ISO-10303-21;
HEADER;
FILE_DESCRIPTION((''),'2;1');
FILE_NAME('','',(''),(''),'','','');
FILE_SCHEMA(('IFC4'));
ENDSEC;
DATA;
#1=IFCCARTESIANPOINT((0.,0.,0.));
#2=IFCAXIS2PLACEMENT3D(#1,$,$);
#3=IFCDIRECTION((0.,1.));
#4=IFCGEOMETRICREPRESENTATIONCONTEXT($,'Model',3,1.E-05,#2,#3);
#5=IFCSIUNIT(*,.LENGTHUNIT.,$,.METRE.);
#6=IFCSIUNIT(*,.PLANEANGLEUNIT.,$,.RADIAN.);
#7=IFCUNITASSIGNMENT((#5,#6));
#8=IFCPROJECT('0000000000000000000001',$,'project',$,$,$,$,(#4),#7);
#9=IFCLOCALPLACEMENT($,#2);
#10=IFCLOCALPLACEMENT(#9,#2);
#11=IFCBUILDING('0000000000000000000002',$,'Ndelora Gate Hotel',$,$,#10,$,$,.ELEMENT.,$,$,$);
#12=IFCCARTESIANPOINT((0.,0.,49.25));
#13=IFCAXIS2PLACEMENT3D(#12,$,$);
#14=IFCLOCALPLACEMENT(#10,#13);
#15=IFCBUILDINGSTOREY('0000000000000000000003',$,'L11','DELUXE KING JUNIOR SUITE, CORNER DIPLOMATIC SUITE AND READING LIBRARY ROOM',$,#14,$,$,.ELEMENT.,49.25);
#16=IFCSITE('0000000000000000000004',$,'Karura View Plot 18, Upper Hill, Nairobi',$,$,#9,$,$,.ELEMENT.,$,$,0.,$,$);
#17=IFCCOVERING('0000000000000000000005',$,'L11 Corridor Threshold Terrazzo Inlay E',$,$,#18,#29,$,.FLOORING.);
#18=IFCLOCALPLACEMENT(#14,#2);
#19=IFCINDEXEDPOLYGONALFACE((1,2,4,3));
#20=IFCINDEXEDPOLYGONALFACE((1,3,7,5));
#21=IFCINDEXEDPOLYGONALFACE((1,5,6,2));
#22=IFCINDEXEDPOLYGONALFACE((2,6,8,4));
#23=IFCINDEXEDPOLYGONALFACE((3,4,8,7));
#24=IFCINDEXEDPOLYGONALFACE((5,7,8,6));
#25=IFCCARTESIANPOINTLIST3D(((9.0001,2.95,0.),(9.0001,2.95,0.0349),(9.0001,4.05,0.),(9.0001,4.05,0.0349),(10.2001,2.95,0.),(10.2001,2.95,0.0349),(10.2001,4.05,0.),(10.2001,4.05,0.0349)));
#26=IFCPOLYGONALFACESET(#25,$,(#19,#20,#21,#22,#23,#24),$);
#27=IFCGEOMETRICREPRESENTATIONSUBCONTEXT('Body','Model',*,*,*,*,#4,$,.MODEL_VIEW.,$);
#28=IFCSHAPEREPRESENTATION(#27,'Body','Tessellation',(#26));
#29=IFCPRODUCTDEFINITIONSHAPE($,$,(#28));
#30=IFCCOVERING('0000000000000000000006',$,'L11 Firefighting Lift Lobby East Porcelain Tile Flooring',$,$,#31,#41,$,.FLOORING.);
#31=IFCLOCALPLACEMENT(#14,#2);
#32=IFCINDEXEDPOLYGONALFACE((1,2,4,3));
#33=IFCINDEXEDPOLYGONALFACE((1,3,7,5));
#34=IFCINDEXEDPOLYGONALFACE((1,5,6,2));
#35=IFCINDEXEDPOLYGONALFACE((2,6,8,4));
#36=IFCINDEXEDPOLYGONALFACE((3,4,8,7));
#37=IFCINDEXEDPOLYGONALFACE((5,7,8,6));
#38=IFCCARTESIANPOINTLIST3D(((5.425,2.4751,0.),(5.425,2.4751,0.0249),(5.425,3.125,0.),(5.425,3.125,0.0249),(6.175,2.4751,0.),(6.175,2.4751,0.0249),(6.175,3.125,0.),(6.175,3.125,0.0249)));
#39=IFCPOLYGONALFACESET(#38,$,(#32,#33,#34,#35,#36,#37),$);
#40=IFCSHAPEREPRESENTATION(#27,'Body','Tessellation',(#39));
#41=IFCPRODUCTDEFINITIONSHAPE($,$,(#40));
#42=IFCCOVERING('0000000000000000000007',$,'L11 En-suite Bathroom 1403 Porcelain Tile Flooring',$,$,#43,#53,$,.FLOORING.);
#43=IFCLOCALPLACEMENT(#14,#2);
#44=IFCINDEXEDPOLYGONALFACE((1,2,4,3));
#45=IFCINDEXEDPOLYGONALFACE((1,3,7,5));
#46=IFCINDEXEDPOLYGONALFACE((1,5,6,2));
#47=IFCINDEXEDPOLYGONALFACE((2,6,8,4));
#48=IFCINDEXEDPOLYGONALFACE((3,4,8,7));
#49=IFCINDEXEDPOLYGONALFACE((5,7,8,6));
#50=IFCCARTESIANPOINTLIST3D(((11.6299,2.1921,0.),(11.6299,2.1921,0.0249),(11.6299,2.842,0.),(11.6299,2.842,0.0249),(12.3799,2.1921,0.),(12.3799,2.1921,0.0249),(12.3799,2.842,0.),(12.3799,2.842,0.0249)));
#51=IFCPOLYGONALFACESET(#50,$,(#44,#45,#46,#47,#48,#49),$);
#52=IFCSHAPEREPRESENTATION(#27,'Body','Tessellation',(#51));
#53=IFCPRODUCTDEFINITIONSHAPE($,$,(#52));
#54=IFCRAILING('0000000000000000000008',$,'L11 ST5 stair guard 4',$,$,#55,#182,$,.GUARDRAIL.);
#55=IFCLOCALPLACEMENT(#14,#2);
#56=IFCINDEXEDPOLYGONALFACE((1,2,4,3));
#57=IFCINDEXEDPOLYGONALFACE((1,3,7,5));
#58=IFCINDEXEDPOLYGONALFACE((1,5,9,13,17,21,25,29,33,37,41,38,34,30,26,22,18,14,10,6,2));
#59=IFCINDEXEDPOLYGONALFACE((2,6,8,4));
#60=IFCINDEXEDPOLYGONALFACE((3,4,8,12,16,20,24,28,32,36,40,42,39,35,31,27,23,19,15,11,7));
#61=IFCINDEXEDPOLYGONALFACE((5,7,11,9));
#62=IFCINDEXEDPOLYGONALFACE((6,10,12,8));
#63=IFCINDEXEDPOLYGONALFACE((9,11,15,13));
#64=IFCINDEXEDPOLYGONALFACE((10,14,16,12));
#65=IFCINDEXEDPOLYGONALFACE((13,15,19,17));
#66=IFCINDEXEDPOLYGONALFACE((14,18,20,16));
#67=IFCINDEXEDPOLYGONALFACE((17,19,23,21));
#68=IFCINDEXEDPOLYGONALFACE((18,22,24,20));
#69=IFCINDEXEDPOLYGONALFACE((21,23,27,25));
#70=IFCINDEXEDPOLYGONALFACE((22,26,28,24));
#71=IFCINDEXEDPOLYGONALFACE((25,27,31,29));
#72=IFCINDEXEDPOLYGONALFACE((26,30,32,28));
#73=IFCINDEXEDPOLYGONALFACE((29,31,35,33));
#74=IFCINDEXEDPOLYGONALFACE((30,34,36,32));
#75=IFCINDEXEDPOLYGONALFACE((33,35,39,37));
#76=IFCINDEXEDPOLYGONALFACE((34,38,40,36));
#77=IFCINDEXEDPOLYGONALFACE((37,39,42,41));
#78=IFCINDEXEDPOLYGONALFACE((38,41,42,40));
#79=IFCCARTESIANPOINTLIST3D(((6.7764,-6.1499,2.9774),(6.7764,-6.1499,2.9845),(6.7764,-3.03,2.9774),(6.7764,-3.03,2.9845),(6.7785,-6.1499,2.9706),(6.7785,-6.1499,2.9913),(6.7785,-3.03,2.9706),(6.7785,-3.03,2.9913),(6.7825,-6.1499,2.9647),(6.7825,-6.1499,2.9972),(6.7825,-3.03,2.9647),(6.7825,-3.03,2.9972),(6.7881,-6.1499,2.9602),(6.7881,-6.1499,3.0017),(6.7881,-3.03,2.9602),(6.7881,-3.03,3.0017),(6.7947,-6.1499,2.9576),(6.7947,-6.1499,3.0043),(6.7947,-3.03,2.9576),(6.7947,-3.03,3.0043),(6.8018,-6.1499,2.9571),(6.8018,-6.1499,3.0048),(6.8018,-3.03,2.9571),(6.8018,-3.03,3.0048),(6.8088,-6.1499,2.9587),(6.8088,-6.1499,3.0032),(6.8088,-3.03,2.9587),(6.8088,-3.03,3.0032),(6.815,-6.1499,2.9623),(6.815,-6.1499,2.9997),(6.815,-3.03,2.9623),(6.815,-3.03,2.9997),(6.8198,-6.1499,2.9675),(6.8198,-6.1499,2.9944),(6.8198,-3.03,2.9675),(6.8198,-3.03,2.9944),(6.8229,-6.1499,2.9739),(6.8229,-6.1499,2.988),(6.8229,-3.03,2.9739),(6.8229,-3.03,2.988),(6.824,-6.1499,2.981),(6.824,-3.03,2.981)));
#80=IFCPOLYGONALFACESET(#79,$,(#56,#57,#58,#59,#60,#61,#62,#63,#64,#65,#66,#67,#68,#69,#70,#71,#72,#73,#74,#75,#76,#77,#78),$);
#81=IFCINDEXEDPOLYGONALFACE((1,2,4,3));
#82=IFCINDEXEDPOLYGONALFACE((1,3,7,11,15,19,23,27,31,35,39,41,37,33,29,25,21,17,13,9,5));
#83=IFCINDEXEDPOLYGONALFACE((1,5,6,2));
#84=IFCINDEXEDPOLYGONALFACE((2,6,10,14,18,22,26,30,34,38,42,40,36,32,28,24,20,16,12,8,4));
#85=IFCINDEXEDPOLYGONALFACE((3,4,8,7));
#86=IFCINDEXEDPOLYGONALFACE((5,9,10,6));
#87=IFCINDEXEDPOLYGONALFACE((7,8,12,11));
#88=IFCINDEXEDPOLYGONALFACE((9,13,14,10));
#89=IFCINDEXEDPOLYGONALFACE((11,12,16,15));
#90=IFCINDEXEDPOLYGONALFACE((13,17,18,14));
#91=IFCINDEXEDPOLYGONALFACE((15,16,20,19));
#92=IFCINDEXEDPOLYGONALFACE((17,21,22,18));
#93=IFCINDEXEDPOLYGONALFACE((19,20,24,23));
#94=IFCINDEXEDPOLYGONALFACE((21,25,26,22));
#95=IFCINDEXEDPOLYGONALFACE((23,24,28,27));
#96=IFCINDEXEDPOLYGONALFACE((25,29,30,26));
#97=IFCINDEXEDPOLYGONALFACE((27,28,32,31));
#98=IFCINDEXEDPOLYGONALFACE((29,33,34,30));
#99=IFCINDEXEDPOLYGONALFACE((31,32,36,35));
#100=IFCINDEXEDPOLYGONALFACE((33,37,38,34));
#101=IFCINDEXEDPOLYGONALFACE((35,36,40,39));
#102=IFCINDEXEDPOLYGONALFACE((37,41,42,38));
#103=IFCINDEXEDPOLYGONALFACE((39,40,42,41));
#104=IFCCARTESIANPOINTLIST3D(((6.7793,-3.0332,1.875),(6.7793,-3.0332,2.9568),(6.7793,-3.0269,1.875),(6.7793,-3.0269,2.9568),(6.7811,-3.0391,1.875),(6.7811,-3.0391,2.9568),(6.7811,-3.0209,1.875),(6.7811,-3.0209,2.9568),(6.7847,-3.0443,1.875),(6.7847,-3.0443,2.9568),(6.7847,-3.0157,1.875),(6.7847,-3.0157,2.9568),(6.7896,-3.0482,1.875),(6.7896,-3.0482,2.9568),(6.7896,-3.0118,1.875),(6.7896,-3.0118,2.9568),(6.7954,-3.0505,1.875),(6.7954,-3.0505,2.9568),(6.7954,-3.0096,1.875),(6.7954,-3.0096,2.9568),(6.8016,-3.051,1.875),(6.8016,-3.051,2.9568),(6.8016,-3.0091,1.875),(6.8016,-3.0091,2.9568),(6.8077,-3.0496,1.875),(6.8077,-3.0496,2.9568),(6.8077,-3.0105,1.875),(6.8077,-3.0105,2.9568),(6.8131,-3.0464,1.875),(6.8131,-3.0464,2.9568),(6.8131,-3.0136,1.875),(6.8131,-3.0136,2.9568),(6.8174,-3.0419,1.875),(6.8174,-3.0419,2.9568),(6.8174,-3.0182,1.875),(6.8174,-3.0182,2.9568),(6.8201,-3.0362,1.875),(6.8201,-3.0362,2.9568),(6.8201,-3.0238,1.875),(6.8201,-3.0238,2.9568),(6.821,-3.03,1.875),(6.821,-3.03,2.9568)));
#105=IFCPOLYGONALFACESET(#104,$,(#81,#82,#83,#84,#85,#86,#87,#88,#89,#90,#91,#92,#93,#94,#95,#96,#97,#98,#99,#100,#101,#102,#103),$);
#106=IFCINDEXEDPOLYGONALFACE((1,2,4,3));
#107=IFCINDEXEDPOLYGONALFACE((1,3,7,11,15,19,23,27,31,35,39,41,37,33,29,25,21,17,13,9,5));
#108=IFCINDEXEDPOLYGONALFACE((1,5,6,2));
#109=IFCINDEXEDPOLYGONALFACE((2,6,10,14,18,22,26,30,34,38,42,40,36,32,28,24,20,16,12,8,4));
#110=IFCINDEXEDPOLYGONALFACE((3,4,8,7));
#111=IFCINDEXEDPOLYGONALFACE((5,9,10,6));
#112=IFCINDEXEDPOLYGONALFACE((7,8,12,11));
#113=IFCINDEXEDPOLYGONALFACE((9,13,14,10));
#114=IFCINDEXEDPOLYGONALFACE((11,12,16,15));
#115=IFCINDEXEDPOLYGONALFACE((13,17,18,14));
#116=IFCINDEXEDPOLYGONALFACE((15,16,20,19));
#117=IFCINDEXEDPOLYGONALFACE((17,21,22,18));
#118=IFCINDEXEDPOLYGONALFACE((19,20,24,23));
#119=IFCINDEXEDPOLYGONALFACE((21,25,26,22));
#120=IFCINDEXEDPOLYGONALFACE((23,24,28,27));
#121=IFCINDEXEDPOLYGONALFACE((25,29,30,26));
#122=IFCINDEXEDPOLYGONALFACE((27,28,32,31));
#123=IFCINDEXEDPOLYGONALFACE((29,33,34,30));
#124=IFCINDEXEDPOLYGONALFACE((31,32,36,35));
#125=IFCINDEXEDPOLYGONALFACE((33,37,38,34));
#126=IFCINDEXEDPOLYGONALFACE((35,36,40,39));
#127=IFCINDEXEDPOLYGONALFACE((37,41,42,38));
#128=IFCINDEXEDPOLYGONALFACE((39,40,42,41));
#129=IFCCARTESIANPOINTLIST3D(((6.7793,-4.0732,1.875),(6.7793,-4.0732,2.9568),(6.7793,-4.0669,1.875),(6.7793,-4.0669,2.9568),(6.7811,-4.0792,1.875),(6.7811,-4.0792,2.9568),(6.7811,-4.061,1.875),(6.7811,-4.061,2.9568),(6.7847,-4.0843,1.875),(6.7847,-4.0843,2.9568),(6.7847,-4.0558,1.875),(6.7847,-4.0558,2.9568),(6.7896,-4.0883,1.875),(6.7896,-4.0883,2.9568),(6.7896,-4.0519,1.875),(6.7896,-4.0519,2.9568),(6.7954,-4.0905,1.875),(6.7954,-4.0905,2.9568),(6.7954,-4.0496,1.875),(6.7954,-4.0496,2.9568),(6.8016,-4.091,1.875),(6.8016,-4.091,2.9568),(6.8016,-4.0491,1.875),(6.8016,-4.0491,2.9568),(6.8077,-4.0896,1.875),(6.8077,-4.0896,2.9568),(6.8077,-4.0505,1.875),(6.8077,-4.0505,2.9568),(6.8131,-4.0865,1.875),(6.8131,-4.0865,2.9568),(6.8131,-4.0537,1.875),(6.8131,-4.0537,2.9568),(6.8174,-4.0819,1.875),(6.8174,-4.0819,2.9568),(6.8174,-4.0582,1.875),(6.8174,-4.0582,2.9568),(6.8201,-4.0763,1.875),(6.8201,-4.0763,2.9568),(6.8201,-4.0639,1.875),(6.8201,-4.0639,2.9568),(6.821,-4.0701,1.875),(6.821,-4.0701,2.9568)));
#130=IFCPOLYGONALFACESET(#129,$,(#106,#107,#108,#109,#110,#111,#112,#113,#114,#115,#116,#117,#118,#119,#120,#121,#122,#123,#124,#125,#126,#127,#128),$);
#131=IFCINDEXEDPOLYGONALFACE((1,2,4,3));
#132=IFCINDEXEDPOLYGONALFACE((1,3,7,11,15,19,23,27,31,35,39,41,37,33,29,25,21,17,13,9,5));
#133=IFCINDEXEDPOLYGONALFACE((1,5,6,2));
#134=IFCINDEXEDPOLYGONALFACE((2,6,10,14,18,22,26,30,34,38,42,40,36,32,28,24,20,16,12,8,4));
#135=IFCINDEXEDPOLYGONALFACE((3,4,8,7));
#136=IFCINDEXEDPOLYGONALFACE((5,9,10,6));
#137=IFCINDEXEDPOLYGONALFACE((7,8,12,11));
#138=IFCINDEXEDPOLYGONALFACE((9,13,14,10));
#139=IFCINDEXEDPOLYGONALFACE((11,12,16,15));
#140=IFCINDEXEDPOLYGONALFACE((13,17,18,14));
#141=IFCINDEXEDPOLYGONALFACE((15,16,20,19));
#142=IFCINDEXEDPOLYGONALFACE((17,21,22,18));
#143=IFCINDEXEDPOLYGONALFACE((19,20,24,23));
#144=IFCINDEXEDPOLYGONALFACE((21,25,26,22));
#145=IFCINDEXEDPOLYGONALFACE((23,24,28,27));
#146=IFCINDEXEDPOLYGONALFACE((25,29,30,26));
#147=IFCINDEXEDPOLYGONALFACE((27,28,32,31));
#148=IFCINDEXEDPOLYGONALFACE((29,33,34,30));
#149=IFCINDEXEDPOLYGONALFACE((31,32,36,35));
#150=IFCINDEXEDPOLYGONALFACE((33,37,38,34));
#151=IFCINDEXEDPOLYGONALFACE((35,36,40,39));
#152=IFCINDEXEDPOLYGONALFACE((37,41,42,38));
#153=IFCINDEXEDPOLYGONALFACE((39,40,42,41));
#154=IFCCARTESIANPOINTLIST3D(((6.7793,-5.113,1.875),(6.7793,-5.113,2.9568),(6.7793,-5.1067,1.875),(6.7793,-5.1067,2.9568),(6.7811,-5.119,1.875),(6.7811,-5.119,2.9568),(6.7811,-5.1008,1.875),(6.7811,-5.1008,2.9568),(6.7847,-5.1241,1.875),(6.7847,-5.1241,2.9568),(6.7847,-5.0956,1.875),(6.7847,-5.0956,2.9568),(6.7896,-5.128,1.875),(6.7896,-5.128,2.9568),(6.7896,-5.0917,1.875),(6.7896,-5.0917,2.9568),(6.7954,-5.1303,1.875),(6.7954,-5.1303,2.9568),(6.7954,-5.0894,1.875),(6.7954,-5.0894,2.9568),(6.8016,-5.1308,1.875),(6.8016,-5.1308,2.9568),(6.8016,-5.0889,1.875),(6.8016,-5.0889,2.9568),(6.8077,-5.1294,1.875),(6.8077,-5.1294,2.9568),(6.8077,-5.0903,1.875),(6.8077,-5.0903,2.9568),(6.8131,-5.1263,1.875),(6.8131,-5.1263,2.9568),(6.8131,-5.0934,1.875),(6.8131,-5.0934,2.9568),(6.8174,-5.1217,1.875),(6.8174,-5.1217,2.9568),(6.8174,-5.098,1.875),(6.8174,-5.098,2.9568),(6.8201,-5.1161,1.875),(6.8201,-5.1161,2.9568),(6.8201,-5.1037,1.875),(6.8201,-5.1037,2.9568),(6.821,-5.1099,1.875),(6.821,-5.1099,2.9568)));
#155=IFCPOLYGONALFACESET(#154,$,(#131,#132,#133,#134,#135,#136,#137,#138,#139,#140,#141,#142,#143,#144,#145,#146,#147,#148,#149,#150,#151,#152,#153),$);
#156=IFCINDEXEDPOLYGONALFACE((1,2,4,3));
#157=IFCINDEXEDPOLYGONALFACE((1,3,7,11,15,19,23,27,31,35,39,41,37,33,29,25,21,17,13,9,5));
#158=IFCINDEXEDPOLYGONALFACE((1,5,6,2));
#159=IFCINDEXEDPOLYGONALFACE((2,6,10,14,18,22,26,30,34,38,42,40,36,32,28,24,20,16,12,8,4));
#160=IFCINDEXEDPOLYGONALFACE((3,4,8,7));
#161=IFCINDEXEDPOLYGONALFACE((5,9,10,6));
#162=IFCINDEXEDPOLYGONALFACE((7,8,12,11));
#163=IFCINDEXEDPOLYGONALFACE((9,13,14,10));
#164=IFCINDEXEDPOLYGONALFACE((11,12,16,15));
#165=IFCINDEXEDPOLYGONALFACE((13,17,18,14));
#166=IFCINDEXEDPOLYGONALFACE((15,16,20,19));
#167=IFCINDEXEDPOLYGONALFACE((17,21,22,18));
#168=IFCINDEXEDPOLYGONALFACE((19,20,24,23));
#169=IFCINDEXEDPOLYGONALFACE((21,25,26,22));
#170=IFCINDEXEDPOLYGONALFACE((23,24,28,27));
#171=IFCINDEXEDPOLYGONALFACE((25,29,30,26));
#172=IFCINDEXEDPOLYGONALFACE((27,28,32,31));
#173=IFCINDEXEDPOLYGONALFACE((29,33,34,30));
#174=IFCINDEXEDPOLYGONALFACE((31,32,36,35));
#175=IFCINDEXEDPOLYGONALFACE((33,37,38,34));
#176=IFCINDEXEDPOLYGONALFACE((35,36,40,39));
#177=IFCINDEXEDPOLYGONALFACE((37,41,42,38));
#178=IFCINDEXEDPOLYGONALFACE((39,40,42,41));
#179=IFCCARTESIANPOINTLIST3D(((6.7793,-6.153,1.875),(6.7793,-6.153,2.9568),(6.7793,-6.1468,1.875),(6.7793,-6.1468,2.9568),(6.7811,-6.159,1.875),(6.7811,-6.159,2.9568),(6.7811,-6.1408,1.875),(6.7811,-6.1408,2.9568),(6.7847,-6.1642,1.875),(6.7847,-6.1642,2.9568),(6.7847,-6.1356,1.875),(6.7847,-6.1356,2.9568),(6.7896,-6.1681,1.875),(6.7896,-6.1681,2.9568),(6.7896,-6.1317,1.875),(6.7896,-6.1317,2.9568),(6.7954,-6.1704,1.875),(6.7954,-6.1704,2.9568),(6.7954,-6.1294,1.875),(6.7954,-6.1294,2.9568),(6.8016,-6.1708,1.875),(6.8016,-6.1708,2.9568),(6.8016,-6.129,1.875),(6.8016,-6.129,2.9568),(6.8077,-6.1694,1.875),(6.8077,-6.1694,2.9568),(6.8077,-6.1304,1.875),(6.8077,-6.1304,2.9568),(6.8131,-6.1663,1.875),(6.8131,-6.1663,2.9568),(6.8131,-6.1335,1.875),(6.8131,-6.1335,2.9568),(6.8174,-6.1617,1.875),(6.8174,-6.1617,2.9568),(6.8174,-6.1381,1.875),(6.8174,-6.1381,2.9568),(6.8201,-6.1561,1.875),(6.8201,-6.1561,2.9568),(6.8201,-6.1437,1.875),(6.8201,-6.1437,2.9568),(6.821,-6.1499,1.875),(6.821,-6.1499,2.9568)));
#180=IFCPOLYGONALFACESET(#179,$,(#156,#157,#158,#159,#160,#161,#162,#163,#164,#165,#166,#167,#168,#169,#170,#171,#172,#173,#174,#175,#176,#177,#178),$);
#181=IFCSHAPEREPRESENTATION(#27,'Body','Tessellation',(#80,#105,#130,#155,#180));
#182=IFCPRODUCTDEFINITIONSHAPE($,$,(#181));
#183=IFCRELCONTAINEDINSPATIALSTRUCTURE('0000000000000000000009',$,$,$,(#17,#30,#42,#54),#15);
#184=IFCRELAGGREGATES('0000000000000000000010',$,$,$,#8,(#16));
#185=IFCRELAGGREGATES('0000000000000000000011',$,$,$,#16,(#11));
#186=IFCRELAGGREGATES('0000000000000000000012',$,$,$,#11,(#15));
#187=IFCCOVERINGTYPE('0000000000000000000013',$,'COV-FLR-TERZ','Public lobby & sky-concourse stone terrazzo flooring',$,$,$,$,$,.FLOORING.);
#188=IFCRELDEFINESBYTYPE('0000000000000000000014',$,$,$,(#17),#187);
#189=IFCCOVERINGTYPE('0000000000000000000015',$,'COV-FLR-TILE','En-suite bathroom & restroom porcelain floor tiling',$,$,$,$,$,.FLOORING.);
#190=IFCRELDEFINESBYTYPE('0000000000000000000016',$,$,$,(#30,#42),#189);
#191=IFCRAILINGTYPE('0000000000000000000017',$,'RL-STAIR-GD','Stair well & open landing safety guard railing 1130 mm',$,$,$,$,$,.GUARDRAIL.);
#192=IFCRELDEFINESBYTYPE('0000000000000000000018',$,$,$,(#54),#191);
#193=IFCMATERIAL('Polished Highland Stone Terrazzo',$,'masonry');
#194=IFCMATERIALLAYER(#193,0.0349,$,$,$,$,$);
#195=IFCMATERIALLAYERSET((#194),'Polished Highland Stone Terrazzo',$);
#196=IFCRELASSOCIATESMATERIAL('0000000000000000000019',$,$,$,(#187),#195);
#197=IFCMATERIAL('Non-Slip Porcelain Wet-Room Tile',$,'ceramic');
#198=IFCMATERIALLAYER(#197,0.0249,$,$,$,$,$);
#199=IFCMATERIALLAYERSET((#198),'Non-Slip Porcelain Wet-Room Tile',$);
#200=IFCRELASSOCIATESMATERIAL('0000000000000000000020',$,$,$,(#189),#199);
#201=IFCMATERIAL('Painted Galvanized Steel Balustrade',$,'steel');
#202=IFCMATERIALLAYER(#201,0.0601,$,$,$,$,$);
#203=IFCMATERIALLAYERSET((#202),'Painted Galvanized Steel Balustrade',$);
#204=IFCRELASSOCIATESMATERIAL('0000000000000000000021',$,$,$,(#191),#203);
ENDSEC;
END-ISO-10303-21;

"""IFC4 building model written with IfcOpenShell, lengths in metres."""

from ifc_helpers import new_model, si_unit, direction, frame, origin, origin_2d, place, context, subcontext, project, spatial, rectangle, circle, extrude, material, layer, layer_set, type_object, element, save


model = new_model("IFC4")

# Units and contexts
model_context = context("Model", 3, precision=1e-05, world=origin(), true_north=direction((0.0, 1.0)))
body_context = subcontext(model_context, "Body", "Model", "MODEL_VIEW")
ifc_project = project(units=[si_unit("LENGTHUNIT", "METRE"), si_unit("PLANEANGLEUNIT", "RADIAN")], contexts=[model_context])

# Site, building, storey
site_placement = place(None, origin())
site = spatial("IfcSite", under=ifc_project, at=site_placement, Name="Karura View Plot 18, Upper Hill, Nairobi", CompositionType="ELEMENT", RefElevation=0.0)
building_placement = place(site_placement, origin())
building = spatial("IfcBuilding", under=site, at=building_placement, Name="Ndelora Gate Hotel", CompositionType="ELEMENT")
storey_placement = place(building_placement, frame((0.0, 0.0, 49.25)))
storey = spatial("IfcBuildingStorey", under=building, at=storey_placement, Name="L11", Description="DELUXE KING JUNIOR SUITE, CORNER DIPLOMATIC SUITE AND READING LIBRARY ROOM", CompositionType="ELEMENT", Elevation=49.25)

# Coverings
ifc_material_1 = material(Name="Polished Highland Stone Terrazzo", Category="masonry")
ifc_layer_1 = layer(ifc_material_1, 0.0349)
ifc_layer_set_1 = layer_set([ifc_layer_1], Name="Polished Highland Stone Terrazzo")
covering_type_1 = type_object("IfcCoveringType", Name="COV-FLR-TERZ", Description="Public lobby & sky-concourse stone terrazzo flooring", PredefinedType="FLOORING", material=ifc_layer_set_1)
covering_1_placement = place(storey_placement, frame((9.6001, 3.5, 0.0), z_axis=(0.0, 0.0, 1.0), x_axis=(1.0, 0.0, 0.0)))
element("IfcCovering", 1, at=covering_1_placement, inside=storey, type_object=covering_type_1, Name="L11 Corridor Threshold Terrazzo Inlay E", PredefinedType="FLOORING", context=body_context, shape_type="SweptSolid", body=[
    extrude(rectangle(XDim=1.2, YDim=1.1001, at=origin_2d()), origin(), (0.0, 0.0, 1.0), 0.0349),
])
ifc_material_2 = material(Name="Non-Slip Porcelain Wet-Room Tile", Category="ceramic")
ifc_layer_2 = layer(ifc_material_2, 0.0249)
ifc_layer_set_2 = layer_set([ifc_layer_2], Name="Non-Slip Porcelain Wet-Room Tile")
covering_type_2 = type_object("IfcCoveringType", Name="COV-FLR-TILE", Description="En-suite bathroom & restroom porcelain floor tiling", PredefinedType="FLOORING", material=ifc_layer_set_2)
for number, where, z_axis, x_axis, name in (
    (2, (5.8, 2.8, 0.0), (0.0, 0.0, 1.0), (1.0, 0.0, 0.0), "L11 Firefighting Lift Lobby East Porcelain Tile Flooring"),
    (3, (12.0049, 2.5171, 0.0), (0.0, 0.0, 1.0), (1.0, 0.0, 0.0), "L11 En-suite Bathroom 1403 Porcelain Tile Flooring"),
):
    element("IfcCovering", number, at=place(storey_placement, frame(where, z_axis=z_axis, x_axis=x_axis)), inside=storey, type_object=covering_type_2, Name=name, PredefinedType="FLOORING", context=body_context, shape_type="SweptSolid", body=[
        extrude(rectangle(XDim=0.75, YDim=0.6499, at=origin_2d()), origin(), (0.0, 0.0, 1.0), 0.0249),
    ])

# Railing
ifc_material_3 = material(Name="Painted Galvanized Steel Balustrade", Category="steel")
ifc_layer_3 = layer(ifc_material_3, 0.0601)
ifc_layer_set_3 = layer_set([ifc_layer_3], Name="Painted Galvanized Steel Balustrade")
railing_type_1 = type_object("IfcRailingType", Name="RL-STAIR-GD", Description="Stair well & open landing safety guard railing 1130 mm", PredefinedType="GUARDRAIL", material=ifc_layer_set_3)
railing_1_placement = place(storey_placement, frame((6.8, -3.03, 1.875)))
element("IfcRailing", 4, at=railing_1_placement, inside=storey, type_object=railing_type_1, Name="L11 ST5 stair guard 4", PredefinedType="GUARDRAIL", context=body_context, shape_type="SweptSolid", body=[
    extrude(circle(Radius=0.0239, at=origin_2d()), frame((0.0, 0.0, 1.106), z_axis=(0.0, -1.0, 0.0), x_axis=(1.0, 0.0, 0.0)), (0.0, 0.0, 1.0), 3.1199),
    extrude(circle(Radius=0.021, at=origin_2d()), origin(), (0.0, 0.0, 1.0), 1.0818),
    extrude(circle(Radius=0.021, at=origin_2d()), frame((0.0, -1.04, 0.0)), (0.0, 0.0, 1.0), 1.0818),
    extrude(circle(Radius=0.021, at=origin_2d()), frame((0.0, -2.0798, 0.0)), (0.0, 0.0, 1.0), 1.0818),
    extrude(circle(Radius=0.021, at=origin_2d()), frame((0.0, -3.1199, 0.0)), (0.0, 0.0, 1.0), 1.0818),
])

save(model, "model.ifc")
